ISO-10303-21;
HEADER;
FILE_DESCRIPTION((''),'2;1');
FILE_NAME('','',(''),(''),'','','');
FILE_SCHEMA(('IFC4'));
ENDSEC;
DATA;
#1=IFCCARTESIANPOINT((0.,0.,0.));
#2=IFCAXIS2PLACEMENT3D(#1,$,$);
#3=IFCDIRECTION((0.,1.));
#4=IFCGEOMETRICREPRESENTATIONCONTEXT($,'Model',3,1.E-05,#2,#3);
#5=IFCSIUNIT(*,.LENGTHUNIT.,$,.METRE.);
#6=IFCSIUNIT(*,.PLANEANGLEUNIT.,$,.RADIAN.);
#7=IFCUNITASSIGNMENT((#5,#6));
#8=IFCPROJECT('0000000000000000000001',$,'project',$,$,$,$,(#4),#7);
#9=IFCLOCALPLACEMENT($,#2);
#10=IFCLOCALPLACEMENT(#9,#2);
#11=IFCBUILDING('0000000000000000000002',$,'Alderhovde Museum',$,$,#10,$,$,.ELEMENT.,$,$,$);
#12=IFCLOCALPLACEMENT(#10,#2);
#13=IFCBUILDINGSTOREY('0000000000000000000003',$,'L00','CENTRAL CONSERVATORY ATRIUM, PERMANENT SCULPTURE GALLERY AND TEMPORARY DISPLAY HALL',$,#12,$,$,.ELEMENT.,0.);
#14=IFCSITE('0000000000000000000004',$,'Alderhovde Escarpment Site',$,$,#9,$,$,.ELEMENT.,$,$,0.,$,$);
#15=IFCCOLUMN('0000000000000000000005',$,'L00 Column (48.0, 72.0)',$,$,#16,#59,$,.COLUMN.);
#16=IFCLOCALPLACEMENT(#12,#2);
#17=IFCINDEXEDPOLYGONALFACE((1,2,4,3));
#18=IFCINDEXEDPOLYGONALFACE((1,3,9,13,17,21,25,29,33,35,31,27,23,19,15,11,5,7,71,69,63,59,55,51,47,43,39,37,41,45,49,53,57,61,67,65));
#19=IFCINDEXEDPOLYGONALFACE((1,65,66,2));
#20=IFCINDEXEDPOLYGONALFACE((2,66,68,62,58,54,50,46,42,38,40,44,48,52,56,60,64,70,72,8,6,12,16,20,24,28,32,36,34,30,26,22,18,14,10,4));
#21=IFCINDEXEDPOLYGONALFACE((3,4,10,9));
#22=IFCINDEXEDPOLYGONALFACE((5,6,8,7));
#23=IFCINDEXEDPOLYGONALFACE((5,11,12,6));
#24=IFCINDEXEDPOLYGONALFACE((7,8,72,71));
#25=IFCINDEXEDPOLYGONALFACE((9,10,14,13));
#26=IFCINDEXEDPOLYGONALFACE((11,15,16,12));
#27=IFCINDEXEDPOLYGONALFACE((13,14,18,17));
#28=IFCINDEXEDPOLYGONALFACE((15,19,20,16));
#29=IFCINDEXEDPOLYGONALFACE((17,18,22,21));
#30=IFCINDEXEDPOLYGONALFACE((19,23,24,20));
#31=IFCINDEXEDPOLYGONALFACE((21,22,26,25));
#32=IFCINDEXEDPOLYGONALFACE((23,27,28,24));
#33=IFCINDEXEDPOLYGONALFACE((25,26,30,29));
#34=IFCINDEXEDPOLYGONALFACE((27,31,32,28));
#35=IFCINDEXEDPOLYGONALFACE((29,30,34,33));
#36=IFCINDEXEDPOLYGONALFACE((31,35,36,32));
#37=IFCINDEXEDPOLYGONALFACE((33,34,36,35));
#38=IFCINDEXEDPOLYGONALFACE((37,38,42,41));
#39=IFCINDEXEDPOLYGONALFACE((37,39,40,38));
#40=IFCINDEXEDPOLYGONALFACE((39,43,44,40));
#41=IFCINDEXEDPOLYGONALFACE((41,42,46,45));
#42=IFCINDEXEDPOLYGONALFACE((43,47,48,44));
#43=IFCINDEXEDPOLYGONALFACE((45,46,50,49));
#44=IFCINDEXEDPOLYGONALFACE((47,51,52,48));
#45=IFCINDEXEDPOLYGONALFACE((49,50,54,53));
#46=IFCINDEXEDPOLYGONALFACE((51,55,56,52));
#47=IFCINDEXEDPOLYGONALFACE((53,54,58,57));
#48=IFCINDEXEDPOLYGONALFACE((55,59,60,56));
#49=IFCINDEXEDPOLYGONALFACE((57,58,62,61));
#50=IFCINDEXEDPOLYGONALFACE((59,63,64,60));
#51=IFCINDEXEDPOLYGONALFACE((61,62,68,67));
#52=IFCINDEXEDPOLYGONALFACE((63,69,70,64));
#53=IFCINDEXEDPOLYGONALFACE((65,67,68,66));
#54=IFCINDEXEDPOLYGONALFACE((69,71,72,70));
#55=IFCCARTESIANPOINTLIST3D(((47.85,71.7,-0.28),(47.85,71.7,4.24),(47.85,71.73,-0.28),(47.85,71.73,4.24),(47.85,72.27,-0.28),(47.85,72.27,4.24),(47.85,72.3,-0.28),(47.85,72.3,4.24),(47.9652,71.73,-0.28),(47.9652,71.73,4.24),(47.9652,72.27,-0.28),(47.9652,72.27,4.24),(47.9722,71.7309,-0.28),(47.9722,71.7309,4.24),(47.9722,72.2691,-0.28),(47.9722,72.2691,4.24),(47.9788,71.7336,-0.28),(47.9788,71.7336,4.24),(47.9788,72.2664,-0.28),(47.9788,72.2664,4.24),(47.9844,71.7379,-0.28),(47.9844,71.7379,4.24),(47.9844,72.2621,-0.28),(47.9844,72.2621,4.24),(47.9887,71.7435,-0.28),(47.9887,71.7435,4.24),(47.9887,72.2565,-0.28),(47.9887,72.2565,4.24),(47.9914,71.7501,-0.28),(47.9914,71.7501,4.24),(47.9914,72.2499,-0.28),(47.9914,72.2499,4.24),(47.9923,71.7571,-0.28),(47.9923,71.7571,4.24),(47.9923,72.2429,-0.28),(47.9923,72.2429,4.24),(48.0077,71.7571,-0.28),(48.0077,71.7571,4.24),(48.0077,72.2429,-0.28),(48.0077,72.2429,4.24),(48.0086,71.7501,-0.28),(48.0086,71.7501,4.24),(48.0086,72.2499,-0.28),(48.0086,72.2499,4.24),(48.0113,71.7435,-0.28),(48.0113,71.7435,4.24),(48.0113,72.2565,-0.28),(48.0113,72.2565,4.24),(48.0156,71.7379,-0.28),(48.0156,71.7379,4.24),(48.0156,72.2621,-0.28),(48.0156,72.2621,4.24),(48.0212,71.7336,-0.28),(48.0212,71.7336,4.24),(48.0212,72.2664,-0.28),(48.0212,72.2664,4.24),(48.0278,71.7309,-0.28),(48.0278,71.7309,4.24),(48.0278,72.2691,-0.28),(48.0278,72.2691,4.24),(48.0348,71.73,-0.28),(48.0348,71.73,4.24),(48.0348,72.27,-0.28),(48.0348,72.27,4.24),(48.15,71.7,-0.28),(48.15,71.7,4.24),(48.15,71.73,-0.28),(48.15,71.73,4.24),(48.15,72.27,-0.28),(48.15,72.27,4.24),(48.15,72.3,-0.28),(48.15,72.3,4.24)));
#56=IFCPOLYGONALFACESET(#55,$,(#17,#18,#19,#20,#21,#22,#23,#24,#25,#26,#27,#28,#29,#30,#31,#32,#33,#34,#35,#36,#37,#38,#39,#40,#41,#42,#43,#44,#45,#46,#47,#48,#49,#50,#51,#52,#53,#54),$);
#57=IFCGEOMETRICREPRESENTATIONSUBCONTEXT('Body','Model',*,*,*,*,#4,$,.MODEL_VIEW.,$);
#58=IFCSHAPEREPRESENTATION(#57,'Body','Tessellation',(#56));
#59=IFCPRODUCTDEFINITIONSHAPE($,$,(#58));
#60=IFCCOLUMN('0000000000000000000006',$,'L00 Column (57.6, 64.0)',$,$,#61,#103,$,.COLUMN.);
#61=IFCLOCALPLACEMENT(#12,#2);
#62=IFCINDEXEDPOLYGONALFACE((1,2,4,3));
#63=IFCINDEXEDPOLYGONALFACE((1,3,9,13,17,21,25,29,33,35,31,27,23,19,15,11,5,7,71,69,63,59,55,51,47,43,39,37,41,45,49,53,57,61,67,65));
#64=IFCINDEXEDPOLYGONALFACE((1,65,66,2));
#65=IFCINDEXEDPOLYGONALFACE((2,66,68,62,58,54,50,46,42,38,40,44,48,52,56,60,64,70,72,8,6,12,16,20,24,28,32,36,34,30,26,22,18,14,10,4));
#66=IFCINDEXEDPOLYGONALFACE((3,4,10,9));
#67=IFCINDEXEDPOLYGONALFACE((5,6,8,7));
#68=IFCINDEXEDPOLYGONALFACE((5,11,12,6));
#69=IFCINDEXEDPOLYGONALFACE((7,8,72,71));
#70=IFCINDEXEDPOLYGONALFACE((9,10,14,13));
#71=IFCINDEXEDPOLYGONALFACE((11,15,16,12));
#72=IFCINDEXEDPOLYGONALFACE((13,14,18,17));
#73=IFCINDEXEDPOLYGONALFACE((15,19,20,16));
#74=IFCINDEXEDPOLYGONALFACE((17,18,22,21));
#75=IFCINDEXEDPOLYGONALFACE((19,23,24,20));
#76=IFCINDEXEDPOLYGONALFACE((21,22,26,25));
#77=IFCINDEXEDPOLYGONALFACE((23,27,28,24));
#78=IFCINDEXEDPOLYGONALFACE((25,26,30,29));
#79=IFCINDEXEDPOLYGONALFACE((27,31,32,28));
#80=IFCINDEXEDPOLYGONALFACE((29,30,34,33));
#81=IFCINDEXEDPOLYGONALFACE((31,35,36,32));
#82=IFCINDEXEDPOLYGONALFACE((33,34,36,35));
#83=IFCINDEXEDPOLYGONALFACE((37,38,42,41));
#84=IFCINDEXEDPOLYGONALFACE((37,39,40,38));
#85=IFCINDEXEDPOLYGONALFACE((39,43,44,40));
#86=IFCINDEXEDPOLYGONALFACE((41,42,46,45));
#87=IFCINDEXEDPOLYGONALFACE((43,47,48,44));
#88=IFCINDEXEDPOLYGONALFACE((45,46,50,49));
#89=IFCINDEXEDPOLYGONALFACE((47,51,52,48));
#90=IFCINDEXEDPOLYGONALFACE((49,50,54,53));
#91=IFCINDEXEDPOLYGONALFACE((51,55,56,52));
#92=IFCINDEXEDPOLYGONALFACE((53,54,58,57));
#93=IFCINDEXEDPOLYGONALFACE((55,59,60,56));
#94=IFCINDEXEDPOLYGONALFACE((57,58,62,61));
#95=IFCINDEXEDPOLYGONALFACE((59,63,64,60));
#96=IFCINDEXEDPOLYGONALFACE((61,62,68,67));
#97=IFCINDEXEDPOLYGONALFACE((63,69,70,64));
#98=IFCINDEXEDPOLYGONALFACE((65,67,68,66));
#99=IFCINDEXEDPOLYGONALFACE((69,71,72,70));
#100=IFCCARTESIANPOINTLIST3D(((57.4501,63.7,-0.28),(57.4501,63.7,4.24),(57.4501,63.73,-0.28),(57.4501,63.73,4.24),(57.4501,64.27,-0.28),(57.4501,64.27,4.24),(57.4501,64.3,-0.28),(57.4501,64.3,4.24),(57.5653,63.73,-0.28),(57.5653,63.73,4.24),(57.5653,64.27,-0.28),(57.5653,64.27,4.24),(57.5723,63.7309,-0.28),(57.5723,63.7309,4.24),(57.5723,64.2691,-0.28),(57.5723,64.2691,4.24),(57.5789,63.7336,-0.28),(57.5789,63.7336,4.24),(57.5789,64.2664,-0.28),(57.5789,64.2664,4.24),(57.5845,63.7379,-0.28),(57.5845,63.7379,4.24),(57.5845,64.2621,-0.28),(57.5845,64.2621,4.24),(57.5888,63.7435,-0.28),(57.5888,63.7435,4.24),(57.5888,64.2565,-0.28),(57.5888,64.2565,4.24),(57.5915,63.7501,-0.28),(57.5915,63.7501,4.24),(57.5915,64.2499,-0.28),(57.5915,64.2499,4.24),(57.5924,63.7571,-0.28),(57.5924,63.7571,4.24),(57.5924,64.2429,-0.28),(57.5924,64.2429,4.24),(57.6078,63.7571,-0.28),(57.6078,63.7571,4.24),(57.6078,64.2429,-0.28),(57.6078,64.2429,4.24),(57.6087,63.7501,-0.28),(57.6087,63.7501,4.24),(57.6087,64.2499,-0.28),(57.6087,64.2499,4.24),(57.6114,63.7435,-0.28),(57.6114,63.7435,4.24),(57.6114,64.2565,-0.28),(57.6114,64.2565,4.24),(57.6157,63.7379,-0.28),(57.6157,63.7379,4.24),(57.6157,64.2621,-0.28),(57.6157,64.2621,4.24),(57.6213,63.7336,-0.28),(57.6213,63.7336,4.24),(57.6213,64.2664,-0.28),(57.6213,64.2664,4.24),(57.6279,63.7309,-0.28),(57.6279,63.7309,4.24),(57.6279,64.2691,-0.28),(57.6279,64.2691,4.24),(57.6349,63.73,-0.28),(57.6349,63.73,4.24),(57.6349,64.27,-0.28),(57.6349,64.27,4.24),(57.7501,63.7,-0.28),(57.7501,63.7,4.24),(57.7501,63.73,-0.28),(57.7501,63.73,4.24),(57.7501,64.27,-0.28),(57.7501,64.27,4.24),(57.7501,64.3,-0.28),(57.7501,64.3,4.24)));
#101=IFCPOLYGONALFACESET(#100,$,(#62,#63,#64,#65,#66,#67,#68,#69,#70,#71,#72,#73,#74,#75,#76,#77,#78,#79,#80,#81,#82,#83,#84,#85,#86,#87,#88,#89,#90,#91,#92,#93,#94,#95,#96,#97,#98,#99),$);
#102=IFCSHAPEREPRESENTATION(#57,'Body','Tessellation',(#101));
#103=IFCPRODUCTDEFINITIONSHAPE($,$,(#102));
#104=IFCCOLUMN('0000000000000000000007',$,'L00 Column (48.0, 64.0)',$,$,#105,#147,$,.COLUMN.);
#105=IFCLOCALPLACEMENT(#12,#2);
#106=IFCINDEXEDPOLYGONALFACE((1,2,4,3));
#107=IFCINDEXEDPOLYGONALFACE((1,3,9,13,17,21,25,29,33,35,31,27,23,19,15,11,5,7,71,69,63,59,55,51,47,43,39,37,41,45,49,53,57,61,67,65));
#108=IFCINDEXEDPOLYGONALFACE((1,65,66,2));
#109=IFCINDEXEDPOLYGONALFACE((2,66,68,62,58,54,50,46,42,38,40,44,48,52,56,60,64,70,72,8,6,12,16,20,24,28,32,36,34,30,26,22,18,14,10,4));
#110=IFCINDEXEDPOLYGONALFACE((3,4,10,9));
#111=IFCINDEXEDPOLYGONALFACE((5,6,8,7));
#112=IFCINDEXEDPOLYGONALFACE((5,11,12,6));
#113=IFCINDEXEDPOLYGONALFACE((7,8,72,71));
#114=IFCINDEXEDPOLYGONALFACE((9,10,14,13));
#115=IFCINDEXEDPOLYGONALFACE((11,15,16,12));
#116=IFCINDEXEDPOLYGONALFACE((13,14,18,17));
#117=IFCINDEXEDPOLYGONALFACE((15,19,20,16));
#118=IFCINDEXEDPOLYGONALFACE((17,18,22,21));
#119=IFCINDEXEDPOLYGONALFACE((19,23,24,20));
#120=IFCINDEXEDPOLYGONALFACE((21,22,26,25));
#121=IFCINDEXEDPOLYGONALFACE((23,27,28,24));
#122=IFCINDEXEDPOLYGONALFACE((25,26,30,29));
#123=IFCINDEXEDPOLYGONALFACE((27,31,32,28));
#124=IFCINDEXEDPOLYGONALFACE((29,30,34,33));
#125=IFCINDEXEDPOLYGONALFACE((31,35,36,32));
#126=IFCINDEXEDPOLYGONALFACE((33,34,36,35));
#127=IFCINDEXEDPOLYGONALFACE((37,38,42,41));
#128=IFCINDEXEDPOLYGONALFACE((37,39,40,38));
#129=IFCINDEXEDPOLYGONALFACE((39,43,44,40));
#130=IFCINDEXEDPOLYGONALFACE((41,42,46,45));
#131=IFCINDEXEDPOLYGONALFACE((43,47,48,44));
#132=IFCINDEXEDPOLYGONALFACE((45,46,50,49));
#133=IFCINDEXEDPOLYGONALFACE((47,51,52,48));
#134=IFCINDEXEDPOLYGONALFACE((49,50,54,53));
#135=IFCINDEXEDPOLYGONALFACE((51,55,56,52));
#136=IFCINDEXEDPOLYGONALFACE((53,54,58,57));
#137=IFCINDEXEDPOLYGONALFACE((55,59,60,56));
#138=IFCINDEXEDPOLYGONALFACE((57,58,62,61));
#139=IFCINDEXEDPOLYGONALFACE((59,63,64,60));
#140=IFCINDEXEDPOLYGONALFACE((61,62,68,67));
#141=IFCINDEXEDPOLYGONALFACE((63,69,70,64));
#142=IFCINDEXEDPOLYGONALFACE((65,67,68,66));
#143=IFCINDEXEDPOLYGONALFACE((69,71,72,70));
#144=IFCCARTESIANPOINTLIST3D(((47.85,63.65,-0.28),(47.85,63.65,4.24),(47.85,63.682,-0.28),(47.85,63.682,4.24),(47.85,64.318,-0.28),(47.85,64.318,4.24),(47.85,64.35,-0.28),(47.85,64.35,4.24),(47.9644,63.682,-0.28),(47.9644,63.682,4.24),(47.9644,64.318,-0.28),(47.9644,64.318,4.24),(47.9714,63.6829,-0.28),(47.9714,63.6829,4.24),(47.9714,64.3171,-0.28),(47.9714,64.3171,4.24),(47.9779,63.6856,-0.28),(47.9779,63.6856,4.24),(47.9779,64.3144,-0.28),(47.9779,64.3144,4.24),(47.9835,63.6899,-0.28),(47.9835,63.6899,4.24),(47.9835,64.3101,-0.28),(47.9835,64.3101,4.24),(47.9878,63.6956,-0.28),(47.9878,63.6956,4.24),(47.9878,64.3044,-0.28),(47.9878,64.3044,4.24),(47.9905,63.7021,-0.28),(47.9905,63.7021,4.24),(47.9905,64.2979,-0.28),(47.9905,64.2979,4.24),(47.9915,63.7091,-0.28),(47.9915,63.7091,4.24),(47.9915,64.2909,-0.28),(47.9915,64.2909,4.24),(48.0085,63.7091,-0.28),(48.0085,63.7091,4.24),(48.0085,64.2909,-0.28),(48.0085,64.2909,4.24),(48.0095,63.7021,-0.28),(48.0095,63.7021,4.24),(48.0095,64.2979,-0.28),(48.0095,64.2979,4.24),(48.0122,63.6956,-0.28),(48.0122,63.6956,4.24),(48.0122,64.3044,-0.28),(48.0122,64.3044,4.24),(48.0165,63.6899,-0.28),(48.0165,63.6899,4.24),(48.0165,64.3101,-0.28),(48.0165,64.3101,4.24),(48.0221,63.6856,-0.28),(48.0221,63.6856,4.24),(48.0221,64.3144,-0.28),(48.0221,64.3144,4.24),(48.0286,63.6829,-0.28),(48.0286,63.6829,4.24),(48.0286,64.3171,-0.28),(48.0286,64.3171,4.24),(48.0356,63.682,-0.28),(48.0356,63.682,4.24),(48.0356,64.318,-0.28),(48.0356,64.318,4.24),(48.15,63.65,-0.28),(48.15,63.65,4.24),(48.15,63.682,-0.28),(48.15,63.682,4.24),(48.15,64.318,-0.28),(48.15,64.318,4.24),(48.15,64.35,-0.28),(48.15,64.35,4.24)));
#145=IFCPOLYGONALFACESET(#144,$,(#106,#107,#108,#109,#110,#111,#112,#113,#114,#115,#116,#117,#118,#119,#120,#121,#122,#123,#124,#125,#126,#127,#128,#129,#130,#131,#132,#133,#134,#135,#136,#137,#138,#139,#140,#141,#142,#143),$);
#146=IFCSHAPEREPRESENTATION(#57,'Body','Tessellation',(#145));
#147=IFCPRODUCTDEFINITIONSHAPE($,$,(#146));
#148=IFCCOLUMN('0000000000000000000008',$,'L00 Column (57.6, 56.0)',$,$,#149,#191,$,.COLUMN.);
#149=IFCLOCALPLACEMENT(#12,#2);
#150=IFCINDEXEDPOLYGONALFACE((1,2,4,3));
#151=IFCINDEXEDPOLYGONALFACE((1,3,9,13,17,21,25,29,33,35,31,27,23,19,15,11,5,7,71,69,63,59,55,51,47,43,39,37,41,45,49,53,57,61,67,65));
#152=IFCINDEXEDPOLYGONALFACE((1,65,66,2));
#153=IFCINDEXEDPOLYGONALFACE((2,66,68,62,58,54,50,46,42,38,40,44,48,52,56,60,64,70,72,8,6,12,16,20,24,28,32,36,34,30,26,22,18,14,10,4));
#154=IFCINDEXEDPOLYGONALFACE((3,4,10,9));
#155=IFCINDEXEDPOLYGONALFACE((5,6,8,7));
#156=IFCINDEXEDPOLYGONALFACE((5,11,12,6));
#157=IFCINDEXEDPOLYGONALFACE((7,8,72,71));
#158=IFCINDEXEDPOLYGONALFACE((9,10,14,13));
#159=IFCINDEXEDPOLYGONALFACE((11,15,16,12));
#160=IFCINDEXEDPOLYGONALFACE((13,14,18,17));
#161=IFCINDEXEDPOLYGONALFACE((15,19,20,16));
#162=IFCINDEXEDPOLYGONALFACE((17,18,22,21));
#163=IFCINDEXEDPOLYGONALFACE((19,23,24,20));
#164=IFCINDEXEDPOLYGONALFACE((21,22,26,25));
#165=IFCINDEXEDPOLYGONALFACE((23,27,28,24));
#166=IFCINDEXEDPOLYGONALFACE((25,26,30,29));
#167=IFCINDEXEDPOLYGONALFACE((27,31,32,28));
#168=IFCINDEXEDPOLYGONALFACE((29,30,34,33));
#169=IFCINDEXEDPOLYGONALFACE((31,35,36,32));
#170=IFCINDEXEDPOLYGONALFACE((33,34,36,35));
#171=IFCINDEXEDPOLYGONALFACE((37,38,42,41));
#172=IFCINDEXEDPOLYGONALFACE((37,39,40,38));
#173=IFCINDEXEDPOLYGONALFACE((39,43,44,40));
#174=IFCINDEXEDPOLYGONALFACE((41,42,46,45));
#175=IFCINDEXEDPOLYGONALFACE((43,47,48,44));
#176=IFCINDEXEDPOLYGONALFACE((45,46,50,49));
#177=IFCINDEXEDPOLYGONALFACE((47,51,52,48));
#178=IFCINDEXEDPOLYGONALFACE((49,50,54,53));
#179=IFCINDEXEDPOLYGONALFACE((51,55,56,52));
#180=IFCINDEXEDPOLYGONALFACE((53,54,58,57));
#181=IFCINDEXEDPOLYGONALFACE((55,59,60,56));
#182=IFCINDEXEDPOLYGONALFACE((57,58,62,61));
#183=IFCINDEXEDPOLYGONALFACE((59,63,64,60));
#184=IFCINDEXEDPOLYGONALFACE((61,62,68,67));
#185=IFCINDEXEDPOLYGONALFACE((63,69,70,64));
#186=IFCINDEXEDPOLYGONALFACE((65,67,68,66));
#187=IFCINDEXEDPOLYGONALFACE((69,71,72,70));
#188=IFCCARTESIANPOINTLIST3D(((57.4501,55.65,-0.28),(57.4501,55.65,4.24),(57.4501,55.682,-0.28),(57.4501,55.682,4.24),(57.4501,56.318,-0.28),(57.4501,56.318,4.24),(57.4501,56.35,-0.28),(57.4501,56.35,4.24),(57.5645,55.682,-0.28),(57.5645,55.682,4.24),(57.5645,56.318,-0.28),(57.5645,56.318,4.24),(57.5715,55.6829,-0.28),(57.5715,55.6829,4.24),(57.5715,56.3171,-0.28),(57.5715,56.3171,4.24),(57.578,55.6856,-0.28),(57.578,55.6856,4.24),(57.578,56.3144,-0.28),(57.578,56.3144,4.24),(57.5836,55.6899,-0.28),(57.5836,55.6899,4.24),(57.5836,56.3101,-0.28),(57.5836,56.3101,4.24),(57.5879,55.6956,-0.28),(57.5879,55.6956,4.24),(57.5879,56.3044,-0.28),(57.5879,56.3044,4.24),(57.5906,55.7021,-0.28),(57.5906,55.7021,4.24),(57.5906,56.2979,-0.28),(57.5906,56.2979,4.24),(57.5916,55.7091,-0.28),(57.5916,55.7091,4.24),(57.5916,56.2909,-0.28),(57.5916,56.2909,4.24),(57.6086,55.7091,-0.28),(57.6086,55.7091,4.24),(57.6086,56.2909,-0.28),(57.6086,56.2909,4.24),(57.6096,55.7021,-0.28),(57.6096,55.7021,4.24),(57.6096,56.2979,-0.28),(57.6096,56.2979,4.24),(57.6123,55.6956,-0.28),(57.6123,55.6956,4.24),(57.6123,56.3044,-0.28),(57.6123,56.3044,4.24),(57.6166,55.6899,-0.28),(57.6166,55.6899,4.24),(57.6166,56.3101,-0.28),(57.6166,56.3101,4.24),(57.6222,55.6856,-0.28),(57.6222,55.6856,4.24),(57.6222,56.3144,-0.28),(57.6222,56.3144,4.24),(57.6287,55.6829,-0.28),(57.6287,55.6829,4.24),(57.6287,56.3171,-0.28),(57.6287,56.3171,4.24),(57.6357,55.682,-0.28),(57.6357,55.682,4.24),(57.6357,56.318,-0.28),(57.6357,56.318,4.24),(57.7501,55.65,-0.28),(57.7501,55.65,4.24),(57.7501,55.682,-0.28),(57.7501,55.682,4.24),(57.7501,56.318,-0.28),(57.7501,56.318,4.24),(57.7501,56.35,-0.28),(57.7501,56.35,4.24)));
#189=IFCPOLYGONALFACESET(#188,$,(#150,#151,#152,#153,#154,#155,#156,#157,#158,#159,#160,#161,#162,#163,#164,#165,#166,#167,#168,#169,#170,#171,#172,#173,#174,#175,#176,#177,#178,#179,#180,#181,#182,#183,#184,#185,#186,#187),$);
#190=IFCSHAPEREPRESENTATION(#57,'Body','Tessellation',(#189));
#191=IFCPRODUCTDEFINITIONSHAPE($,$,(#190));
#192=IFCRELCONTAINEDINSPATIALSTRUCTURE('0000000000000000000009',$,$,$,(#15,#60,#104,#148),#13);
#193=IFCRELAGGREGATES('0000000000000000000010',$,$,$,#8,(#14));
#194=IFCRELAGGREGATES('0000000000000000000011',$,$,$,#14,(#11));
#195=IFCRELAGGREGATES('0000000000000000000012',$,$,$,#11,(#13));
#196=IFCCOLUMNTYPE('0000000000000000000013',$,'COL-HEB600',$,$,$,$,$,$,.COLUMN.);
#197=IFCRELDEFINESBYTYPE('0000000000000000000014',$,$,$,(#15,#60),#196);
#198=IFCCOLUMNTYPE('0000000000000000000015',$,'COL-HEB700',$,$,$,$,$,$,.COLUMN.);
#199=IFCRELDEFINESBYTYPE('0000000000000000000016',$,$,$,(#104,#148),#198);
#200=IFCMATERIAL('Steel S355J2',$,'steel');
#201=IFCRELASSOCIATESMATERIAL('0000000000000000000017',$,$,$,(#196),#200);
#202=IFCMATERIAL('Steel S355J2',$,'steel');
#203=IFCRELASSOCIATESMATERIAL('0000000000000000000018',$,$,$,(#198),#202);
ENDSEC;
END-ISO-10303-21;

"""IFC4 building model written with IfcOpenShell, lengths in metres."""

from ifc_helpers import new_model, si_unit, direction, frame, origin, origin_2d, place, context, subcontext, project, spatial, i_section, extrude, material, material_profile, profile_set, type_object, element, save


model = new_model("IFC4")

# Units and contexts
model_context = context("Model", 3, precision=1e-05, world=origin(), true_north=direction((0.0, 1.0)))
body_context = subcontext(model_context, "Body", "Model", "MODEL_VIEW")
ifc_project = project(units=[si_unit("LENGTHUNIT", "METRE"), si_unit("PLANEANGLEUNIT", "RADIAN")], contexts=[model_context])

# Site, building, storey
site_placement = place(None, origin())
site = spatial("IfcSite", under=ifc_project, at=site_placement, Name="Alderhovde Escarpment Site", CompositionType="ELEMENT", RefElevation=0.0)
building_placement = place(site_placement, origin())
building = spatial("IfcBuilding", under=site, at=building_placement, Name="Alderhovde Museum", CompositionType="ELEMENT")
storey_placement = place(building_placement, origin())
storey = spatial("IfcBuildingStorey", under=building, at=storey_placement, Name="L00", Description="CENTRAL CONSERVATORY ATRIUM, PERMANENT SCULPTURE GALLERY AND TEMPORARY DISPLAY HALL", CompositionType="ELEMENT", Elevation=0.0)

# Columns
ifc_material_1 = material(Name="Steel S355J2", Category="steel")
ifc_material_profile_1 = material_profile(ifc_material_1, i_section(OverallWidth=0.3, OverallDepth=0.6001, WebThickness=0.0154, FlangeThickness=0.03, FilletRadius=0.0271, at=origin_2d()), Name="HEB 600")
ifc_profile_set_1 = profile_set([ifc_material_profile_1], Name="Steel S355J2")
column_type_1 = type_object("IfcColumnType", Name="COL-HEB600", PredefinedType="COLUMN", material=ifc_profile_set_1)
for number, where, z_axis, x_axis, name in (
    (1, (48.0, 72.0, -0.28), (0.0, 0.0, 1.0), (1.0, 0.0, 0.0), "L00 Column (48.0, 72.0)"),
    (2, (57.6001, 64.0, -0.28), (0.0, 0.0, 1.0), (1.0, 0.0, 0.0), "L00 Column (57.6, 64.0)"),
):
    element("IfcColumn", number, at=place(storey_placement, frame(where, z_axis=z_axis, x_axis=x_axis)), inside=storey, type_object=column_type_1, Name=name, PredefinedType="COLUMN", context=body_context, shape_type="SweptSolid", body=[
        extrude(i_section(OverallWidth=0.3, OverallDepth=0.6001, WebThickness=0.0154, FlangeThickness=0.03, FilletRadius=0.0271, at=origin_2d()), origin(), (0.0, 0.0, 1.0), 4.52),
    ])
ifc_material_2 = material(Name="Steel S355J2", Category="steel")
ifc_material_profile_2 = material_profile(ifc_material_2, i_section(OverallWidth=0.3, OverallDepth=0.7, WebThickness=0.0171, FlangeThickness=0.032, FilletRadius=0.0271, at=origin_2d()), Name="HEB 700")
ifc_profile_set_2 = profile_set([ifc_material_profile_2], Name="Steel S355J2")
column_type_2 = type_object("IfcColumnType", Name="COL-HEB700", PredefinedType="COLUMN", material=ifc_profile_set_2)
for number, where, z_axis, x_axis, name in (
    (3, (48.0, 64.0, -0.28), (0.0, 0.0, 1.0), (1.0, 0.0, 0.0), "L00 Column (48.0, 64.0)"),
    (4, (57.6001, 56.0, -0.28), (0.0, 0.0, 1.0), (1.0, 0.0, 0.0), "L00 Column (57.6, 56.0)"),
):
    element("IfcColumn", number, at=place(storey_placement, frame(where, z_axis=z_axis, x_axis=x_axis)), inside=storey, type_object=column_type_2, Name=name, PredefinedType="COLUMN", context=body_context, shape_type="SweptSolid", body=[
        extrude(i_section(OverallWidth=0.3, OverallDepth=0.7, WebThickness=0.0171, FlangeThickness=0.032, FilletRadius=0.0271, at=origin_2d()), origin(), (0.0, 0.0, 1.0), 4.52),
    ])

save(model, "model.ifc")
